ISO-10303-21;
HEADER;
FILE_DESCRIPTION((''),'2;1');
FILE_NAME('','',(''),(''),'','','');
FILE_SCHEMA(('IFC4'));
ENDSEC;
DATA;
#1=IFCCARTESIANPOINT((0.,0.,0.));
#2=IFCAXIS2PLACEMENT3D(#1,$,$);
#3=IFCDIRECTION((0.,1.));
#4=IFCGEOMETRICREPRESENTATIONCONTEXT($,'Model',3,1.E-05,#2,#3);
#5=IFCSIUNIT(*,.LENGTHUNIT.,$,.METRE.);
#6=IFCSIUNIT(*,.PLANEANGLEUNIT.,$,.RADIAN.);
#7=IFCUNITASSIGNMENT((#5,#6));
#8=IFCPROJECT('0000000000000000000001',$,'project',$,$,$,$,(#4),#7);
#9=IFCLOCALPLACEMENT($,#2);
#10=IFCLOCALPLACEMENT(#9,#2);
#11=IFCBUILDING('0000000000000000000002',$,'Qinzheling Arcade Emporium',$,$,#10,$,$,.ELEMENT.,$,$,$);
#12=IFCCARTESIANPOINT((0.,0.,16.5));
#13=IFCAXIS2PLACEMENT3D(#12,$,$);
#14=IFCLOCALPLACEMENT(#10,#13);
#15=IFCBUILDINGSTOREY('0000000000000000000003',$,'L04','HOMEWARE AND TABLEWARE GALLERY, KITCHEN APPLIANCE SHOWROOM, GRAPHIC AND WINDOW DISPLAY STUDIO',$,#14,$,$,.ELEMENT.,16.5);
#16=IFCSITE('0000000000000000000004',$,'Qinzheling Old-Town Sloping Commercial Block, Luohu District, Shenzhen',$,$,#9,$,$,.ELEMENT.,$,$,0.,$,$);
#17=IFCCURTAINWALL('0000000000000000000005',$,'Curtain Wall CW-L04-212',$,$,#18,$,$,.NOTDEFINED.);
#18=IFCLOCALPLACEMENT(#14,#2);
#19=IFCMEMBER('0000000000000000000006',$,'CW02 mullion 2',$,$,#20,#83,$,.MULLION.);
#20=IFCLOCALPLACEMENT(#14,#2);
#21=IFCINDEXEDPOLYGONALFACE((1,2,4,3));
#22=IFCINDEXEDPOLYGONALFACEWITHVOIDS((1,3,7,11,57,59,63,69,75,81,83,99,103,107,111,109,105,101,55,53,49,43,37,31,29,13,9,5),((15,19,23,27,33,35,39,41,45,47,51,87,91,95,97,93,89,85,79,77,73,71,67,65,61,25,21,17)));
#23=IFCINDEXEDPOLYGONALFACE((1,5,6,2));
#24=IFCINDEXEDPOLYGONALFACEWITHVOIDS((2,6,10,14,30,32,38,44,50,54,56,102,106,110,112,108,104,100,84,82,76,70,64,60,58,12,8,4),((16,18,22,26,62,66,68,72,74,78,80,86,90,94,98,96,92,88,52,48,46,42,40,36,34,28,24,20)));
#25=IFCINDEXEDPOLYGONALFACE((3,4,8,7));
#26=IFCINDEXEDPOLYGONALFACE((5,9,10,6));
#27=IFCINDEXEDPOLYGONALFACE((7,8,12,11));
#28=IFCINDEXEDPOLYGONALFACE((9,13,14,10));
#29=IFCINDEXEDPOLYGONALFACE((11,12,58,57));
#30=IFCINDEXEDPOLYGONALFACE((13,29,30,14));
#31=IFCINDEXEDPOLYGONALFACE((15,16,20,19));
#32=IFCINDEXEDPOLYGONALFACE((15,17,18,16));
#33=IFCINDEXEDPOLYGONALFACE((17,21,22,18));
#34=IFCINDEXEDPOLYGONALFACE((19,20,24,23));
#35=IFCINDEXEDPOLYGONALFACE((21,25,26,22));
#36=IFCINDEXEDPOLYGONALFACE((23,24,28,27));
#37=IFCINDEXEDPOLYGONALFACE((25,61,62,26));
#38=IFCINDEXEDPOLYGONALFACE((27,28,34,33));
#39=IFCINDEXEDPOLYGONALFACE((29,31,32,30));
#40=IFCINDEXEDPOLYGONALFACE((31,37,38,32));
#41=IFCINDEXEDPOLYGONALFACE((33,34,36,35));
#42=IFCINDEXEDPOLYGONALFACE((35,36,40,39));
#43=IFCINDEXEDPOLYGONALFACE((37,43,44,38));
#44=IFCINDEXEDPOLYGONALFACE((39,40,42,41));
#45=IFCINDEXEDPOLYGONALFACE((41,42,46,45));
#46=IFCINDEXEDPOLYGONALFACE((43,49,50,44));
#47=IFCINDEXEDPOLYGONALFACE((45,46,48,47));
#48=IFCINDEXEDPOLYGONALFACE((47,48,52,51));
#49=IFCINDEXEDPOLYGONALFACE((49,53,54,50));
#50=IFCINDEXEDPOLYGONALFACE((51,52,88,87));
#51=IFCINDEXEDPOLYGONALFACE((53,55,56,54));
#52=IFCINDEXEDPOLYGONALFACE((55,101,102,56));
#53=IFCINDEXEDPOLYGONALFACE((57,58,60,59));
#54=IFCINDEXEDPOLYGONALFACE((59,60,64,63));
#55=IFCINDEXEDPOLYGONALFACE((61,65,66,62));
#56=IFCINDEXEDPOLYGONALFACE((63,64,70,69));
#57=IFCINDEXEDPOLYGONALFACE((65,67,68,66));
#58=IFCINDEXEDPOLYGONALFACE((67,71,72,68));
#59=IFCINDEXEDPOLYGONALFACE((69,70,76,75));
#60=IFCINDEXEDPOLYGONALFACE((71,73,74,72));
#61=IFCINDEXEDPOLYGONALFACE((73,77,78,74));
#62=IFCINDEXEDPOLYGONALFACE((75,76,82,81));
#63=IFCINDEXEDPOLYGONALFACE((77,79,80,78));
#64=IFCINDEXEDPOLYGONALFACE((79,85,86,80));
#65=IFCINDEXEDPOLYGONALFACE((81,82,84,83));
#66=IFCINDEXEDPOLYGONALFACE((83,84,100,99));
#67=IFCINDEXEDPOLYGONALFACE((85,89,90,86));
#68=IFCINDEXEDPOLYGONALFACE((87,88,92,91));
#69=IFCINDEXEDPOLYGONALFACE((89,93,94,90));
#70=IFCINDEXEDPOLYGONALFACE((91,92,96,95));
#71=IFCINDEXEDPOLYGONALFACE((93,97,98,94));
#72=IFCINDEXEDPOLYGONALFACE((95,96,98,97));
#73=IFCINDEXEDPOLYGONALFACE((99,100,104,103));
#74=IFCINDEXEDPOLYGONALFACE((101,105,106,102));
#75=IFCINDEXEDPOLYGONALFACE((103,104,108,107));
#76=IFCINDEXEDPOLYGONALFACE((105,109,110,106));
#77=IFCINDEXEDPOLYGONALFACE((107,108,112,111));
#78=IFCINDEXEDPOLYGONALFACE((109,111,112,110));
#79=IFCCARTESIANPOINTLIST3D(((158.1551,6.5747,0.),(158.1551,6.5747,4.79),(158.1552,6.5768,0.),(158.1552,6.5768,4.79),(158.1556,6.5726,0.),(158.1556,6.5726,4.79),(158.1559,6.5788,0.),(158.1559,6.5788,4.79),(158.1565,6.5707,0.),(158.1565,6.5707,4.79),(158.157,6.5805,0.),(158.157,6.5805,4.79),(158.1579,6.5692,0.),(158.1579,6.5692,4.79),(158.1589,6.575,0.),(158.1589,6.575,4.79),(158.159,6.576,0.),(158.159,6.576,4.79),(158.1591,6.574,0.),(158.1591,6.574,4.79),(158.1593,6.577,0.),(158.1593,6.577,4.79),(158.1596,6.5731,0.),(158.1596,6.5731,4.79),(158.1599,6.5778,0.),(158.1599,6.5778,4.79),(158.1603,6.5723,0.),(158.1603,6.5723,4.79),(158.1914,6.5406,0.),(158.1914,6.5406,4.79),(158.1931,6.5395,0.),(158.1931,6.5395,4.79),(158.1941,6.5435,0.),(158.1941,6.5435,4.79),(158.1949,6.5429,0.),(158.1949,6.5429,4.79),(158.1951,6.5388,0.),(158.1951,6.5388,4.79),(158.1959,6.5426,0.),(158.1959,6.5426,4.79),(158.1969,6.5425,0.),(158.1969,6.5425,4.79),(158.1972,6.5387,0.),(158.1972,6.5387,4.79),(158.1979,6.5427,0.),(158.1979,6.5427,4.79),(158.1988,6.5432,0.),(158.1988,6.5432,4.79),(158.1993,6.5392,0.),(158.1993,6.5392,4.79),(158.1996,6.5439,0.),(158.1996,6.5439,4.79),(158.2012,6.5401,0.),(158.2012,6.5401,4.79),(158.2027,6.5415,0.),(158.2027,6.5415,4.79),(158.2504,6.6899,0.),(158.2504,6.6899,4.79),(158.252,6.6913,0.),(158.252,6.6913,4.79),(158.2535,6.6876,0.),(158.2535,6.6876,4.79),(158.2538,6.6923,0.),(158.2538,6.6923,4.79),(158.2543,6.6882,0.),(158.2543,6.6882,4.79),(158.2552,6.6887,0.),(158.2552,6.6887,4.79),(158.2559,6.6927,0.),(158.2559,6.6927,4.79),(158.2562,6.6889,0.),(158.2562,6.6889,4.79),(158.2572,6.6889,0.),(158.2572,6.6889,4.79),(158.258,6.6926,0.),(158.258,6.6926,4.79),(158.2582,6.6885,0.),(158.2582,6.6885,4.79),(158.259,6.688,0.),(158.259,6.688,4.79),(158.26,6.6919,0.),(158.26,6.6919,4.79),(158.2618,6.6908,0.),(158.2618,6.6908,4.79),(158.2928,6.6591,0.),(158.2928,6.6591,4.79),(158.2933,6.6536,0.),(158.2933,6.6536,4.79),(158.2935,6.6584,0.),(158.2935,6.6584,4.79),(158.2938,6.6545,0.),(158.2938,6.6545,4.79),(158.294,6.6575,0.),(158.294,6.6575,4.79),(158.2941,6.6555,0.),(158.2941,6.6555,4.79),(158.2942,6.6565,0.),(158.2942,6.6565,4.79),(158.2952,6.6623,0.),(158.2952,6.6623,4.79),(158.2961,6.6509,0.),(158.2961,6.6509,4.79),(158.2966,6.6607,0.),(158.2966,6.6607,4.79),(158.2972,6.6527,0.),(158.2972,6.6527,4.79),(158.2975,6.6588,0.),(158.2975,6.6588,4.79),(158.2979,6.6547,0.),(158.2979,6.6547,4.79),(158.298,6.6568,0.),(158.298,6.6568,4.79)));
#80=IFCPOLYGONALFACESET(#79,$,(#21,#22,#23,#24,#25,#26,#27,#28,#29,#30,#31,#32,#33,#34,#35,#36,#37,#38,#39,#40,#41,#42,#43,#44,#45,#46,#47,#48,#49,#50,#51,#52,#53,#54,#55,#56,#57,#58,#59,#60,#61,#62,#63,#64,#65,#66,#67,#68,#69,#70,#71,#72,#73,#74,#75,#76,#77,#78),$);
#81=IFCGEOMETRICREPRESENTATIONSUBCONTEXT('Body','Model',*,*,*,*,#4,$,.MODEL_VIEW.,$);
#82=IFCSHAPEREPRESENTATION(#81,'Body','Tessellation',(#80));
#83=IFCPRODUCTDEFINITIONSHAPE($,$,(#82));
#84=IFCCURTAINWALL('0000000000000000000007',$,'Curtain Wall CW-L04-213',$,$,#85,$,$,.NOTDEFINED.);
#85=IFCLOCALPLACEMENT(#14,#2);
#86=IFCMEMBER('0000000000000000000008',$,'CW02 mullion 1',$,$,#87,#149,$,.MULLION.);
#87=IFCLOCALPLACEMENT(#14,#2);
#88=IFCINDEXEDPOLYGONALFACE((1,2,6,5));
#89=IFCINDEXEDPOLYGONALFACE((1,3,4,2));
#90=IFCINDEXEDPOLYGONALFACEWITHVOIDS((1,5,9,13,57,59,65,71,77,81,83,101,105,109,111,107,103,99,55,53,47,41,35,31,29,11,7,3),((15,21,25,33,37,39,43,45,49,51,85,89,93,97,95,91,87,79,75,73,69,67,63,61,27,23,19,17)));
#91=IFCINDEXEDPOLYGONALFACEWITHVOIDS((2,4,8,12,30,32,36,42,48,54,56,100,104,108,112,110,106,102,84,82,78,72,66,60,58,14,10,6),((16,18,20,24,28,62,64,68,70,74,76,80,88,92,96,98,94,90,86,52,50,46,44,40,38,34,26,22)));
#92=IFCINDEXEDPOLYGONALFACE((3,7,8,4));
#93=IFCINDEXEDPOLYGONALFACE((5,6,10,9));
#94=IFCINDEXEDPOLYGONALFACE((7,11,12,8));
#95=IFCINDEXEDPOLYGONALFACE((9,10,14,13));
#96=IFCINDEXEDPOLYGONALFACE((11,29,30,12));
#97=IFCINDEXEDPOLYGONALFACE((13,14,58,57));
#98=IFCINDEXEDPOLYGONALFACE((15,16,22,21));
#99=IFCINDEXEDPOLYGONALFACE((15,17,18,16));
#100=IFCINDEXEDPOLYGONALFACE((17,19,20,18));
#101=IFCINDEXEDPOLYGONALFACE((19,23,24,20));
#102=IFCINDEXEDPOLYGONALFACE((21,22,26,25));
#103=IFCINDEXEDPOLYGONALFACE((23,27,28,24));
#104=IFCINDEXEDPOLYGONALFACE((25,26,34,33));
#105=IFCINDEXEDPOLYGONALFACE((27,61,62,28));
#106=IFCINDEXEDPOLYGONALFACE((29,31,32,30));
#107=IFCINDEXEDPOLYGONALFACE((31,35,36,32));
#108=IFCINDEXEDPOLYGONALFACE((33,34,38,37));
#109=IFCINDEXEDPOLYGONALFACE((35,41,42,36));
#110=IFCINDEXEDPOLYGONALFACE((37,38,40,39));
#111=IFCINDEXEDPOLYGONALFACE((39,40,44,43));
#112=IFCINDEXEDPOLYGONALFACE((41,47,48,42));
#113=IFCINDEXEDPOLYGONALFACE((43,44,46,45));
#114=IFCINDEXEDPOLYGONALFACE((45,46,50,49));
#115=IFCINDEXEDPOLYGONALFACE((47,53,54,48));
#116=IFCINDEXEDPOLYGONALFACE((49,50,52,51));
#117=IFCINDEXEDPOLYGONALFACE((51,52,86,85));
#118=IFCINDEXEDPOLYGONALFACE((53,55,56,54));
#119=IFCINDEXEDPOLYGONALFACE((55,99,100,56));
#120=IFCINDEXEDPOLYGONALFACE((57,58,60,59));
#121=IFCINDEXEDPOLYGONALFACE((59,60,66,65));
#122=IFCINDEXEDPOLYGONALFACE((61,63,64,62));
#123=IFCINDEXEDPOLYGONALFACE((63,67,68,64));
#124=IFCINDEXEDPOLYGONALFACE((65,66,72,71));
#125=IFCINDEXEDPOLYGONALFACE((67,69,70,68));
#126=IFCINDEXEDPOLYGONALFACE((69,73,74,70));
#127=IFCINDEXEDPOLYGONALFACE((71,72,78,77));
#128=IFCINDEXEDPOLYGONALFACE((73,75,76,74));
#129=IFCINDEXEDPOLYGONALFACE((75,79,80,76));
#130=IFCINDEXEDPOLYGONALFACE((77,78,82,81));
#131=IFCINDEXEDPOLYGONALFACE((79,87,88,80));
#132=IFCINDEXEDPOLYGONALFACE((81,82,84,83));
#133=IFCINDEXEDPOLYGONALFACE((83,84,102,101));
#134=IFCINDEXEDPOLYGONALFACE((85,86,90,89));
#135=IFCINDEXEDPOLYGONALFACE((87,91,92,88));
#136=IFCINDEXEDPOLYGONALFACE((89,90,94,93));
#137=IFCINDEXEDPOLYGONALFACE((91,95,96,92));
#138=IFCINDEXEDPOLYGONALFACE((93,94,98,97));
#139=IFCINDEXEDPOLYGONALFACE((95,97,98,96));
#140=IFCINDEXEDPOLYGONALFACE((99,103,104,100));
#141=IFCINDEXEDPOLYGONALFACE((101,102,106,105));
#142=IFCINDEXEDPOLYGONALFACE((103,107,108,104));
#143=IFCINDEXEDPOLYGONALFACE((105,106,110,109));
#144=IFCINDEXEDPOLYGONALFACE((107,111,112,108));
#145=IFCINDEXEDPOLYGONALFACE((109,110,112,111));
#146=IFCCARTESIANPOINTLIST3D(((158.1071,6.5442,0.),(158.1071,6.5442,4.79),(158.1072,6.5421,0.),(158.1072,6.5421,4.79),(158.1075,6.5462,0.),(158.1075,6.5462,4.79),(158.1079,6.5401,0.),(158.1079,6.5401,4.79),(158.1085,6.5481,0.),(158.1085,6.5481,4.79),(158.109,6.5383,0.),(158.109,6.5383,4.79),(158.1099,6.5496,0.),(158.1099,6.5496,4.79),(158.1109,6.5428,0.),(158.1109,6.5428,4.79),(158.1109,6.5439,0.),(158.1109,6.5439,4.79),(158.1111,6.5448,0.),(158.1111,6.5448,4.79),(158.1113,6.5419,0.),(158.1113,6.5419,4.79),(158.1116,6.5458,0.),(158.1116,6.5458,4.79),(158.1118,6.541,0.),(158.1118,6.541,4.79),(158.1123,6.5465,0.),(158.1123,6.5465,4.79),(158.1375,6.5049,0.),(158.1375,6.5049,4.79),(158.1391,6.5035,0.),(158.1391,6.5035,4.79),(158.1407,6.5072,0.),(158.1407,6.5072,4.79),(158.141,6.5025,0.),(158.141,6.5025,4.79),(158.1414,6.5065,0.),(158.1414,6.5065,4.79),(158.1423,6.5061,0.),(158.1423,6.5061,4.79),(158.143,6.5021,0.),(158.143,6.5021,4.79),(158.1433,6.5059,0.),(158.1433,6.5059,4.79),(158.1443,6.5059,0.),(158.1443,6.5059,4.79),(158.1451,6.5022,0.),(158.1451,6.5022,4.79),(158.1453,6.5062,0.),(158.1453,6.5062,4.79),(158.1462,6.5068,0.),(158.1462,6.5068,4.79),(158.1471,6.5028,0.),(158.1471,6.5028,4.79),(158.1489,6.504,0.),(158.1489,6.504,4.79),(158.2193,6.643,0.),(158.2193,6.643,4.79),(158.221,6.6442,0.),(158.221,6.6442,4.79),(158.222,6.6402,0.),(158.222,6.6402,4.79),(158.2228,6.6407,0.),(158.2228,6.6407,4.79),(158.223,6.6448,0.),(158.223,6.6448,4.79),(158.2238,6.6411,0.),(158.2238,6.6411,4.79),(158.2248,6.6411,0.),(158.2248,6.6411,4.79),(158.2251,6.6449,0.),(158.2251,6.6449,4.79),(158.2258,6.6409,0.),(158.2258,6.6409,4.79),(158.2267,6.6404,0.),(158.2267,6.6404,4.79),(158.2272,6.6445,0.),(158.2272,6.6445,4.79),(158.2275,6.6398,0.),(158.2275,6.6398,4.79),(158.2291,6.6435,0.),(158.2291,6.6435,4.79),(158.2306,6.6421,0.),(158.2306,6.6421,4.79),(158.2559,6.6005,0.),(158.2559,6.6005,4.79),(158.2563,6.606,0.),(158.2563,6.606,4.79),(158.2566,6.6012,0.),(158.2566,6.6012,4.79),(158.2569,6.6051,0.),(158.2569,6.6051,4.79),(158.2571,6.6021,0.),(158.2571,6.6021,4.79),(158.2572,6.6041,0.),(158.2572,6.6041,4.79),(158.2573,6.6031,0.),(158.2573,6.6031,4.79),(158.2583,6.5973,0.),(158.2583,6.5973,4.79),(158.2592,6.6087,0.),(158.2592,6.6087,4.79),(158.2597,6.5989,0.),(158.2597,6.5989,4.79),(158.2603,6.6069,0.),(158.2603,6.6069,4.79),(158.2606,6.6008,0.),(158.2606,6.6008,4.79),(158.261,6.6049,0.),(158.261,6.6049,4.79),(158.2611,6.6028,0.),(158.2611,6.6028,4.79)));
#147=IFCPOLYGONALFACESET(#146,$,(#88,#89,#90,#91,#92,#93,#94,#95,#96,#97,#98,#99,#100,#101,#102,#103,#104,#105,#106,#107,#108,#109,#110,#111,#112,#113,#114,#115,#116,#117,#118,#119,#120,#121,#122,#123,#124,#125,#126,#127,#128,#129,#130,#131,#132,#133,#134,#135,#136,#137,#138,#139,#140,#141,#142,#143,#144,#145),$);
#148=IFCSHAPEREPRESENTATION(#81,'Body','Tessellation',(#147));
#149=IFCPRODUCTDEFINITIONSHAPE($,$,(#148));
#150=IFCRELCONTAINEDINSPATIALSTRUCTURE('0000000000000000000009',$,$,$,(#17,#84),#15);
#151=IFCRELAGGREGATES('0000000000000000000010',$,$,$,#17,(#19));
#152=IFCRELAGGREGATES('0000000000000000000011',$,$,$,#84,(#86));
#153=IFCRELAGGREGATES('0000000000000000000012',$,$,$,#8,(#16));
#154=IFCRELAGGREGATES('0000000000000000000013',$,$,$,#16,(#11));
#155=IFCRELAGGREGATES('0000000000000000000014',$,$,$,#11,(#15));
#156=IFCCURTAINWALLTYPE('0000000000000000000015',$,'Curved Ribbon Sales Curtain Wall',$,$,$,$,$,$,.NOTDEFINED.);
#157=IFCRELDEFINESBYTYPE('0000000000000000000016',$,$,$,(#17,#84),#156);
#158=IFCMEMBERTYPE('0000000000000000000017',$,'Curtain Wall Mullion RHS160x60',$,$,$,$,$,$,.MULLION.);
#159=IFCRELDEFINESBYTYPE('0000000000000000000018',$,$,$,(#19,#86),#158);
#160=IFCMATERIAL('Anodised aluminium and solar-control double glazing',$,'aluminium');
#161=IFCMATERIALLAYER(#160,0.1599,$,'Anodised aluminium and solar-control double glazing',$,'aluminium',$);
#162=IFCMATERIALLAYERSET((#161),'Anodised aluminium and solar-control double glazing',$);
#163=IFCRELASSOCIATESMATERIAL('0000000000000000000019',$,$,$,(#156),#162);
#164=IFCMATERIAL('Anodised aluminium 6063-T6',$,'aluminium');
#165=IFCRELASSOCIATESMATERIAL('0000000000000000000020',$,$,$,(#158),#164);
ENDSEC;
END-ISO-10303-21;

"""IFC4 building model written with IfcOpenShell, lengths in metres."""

from ifc_helpers import new_model, si_unit, direction, frame, origin, origin_2d, place, context, subcontext, project, spatial, hollow_rectangle, extrude, material, layer, layer_set, material_profile, profile_set, type_object, element, aggregate, save


model = new_model("IFC4")

# Units and contexts
model_context = context("Model", 3, precision=1e-05, world=origin(), true_north=direction((0.0, 1.0)))
body_context = subcontext(model_context, "Body", "Model", "MODEL_VIEW")
ifc_project = project(units=[si_unit("LENGTHUNIT", "METRE"), si_unit("PLANEANGLEUNIT", "RADIAN")], contexts=[model_context])

# Site, building, storey
site_placement = place(None, origin())
site = spatial("IfcSite", under=ifc_project, at=site_placement, Name="Qinzheling Old-Town Sloping Commercial Block, Luohu District, Shenzhen", CompositionType="ELEMENT", RefElevation=0.0)
building_placement = place(site_placement, origin())
building = spatial("IfcBuilding", under=site, at=building_placement, Name="Qinzheling Arcade Emporium", CompositionType="ELEMENT")
storey_placement = place(building_placement, frame((0.0, 0.0, 16.5)))
storey = spatial("IfcBuildingStorey", under=building, at=storey_placement, Name="L04", Description="HOMEWARE AND TABLEWARE GALLERY, KITCHEN APPLIANCE SHOWROOM, GRAPHIC AND WINDOW DISPLAY STUDIO", CompositionType="ELEMENT", Elevation=16.5)

# Shared definitions
ifc_material_1 = material(Name="Anodised aluminium and solar-control double glazing", Category="aluminium")
ifc_layer_1 = layer(ifc_material_1, 0.1599, Name="Anodised aluminium and solar-control double glazing", Category="aluminium")
ifc_layer_set_1 = layer_set([ifc_layer_1], Name="Anodised aluminium and solar-control double glazing")
curtain_wall_type = type_object("IfcCurtainWallType", Name="Curved Ribbon Sales Curtain Wall", PredefinedType="NOTDEFINED", material=ifc_layer_set_1)
ifc_material_2 = material(Name="Anodised aluminium 6063-T6", Category="aluminium")
ifc_material_profile_1 = material_profile(ifc_material_2, hollow_rectangle(XDim=0.0601, YDim=0.1599, WallThickness=0.0039, InnerFilletRadius=0.0039, OuterFilletRadius=0.0081, at=origin_2d()), Name="RHS 160x60x4", Category="aluminium")
ifc_profile_set_1 = profile_set([ifc_material_profile_1], Name="Anodised aluminium 6063-T6")
member_type_1 = type_object("IfcMemberType", Name="Curtain Wall Mullion RHS160x60", PredefinedType="MULLION", material=ifc_profile_set_1)

# Curtain walls, members
curtain_wall_1_placement = place(storey_placement, origin())
curtain_wall_1 = element("IfcCurtainWall", 1, at=curtain_wall_1_placement, inside=storey, type_object=curtain_wall_type, Name="Curtain Wall CW-L04-212", PredefinedType="NOTDEFINED")
member_1_placement = place(storey_placement, frame((158.2266, 6.6157, 0.0), z_axis=(0.0, 0.0, 1.0), x_axis=(0.760575, -0.64925, 0.0)))
member_1 = element("IfcMember", 2, at=member_1_placement, type_object=member_type_1, Name="CW02 mullion 2", PredefinedType="MULLION", context=body_context, shape_type="SweptSolid", body=[
    extrude(hollow_rectangle(XDim=0.0601, YDim=0.1599, WallThickness=0.0039, InnerFilletRadius=0.0039, OuterFilletRadius=0.0081, at=origin_2d()), origin(), (0.0, 0.0, 1.0), 4.79),
])
curtain_wall_2_placement = place(storey_placement, origin())
curtain_wall_2 = element("IfcCurtainWall", 3, at=curtain_wall_2_placement, inside=storey, type_object=curtain_wall_type, Name="Curtain Wall CW-L04-213", PredefinedType="NOTDEFINED")
member_2_placement = place(storey_placement, frame((158.1841, 6.5735, 0.0), z_axis=(0.0, 0.0, 1.0), x_axis=(0.64925, -0.760575, 0.0)))
member_2 = element("IfcMember", 4, at=member_2_placement, type_object=member_type_1, Name="CW02 mullion 1", PredefinedType="MULLION", context=body_context, shape_type="SweptSolid", body=[
    extrude(hollow_rectangle(XDim=0.0601, YDim=0.1599, WallThickness=0.0039, InnerFilletRadius=0.0039, OuterFilletRadius=0.0081, at=origin_2d()), origin(), (0.0, 0.0, 1.0), 4.79),
])

aggregate(curtain_wall_1, [member_1])
aggregate(curtain_wall_2, [member_2])

save(model, "model.ifc")
